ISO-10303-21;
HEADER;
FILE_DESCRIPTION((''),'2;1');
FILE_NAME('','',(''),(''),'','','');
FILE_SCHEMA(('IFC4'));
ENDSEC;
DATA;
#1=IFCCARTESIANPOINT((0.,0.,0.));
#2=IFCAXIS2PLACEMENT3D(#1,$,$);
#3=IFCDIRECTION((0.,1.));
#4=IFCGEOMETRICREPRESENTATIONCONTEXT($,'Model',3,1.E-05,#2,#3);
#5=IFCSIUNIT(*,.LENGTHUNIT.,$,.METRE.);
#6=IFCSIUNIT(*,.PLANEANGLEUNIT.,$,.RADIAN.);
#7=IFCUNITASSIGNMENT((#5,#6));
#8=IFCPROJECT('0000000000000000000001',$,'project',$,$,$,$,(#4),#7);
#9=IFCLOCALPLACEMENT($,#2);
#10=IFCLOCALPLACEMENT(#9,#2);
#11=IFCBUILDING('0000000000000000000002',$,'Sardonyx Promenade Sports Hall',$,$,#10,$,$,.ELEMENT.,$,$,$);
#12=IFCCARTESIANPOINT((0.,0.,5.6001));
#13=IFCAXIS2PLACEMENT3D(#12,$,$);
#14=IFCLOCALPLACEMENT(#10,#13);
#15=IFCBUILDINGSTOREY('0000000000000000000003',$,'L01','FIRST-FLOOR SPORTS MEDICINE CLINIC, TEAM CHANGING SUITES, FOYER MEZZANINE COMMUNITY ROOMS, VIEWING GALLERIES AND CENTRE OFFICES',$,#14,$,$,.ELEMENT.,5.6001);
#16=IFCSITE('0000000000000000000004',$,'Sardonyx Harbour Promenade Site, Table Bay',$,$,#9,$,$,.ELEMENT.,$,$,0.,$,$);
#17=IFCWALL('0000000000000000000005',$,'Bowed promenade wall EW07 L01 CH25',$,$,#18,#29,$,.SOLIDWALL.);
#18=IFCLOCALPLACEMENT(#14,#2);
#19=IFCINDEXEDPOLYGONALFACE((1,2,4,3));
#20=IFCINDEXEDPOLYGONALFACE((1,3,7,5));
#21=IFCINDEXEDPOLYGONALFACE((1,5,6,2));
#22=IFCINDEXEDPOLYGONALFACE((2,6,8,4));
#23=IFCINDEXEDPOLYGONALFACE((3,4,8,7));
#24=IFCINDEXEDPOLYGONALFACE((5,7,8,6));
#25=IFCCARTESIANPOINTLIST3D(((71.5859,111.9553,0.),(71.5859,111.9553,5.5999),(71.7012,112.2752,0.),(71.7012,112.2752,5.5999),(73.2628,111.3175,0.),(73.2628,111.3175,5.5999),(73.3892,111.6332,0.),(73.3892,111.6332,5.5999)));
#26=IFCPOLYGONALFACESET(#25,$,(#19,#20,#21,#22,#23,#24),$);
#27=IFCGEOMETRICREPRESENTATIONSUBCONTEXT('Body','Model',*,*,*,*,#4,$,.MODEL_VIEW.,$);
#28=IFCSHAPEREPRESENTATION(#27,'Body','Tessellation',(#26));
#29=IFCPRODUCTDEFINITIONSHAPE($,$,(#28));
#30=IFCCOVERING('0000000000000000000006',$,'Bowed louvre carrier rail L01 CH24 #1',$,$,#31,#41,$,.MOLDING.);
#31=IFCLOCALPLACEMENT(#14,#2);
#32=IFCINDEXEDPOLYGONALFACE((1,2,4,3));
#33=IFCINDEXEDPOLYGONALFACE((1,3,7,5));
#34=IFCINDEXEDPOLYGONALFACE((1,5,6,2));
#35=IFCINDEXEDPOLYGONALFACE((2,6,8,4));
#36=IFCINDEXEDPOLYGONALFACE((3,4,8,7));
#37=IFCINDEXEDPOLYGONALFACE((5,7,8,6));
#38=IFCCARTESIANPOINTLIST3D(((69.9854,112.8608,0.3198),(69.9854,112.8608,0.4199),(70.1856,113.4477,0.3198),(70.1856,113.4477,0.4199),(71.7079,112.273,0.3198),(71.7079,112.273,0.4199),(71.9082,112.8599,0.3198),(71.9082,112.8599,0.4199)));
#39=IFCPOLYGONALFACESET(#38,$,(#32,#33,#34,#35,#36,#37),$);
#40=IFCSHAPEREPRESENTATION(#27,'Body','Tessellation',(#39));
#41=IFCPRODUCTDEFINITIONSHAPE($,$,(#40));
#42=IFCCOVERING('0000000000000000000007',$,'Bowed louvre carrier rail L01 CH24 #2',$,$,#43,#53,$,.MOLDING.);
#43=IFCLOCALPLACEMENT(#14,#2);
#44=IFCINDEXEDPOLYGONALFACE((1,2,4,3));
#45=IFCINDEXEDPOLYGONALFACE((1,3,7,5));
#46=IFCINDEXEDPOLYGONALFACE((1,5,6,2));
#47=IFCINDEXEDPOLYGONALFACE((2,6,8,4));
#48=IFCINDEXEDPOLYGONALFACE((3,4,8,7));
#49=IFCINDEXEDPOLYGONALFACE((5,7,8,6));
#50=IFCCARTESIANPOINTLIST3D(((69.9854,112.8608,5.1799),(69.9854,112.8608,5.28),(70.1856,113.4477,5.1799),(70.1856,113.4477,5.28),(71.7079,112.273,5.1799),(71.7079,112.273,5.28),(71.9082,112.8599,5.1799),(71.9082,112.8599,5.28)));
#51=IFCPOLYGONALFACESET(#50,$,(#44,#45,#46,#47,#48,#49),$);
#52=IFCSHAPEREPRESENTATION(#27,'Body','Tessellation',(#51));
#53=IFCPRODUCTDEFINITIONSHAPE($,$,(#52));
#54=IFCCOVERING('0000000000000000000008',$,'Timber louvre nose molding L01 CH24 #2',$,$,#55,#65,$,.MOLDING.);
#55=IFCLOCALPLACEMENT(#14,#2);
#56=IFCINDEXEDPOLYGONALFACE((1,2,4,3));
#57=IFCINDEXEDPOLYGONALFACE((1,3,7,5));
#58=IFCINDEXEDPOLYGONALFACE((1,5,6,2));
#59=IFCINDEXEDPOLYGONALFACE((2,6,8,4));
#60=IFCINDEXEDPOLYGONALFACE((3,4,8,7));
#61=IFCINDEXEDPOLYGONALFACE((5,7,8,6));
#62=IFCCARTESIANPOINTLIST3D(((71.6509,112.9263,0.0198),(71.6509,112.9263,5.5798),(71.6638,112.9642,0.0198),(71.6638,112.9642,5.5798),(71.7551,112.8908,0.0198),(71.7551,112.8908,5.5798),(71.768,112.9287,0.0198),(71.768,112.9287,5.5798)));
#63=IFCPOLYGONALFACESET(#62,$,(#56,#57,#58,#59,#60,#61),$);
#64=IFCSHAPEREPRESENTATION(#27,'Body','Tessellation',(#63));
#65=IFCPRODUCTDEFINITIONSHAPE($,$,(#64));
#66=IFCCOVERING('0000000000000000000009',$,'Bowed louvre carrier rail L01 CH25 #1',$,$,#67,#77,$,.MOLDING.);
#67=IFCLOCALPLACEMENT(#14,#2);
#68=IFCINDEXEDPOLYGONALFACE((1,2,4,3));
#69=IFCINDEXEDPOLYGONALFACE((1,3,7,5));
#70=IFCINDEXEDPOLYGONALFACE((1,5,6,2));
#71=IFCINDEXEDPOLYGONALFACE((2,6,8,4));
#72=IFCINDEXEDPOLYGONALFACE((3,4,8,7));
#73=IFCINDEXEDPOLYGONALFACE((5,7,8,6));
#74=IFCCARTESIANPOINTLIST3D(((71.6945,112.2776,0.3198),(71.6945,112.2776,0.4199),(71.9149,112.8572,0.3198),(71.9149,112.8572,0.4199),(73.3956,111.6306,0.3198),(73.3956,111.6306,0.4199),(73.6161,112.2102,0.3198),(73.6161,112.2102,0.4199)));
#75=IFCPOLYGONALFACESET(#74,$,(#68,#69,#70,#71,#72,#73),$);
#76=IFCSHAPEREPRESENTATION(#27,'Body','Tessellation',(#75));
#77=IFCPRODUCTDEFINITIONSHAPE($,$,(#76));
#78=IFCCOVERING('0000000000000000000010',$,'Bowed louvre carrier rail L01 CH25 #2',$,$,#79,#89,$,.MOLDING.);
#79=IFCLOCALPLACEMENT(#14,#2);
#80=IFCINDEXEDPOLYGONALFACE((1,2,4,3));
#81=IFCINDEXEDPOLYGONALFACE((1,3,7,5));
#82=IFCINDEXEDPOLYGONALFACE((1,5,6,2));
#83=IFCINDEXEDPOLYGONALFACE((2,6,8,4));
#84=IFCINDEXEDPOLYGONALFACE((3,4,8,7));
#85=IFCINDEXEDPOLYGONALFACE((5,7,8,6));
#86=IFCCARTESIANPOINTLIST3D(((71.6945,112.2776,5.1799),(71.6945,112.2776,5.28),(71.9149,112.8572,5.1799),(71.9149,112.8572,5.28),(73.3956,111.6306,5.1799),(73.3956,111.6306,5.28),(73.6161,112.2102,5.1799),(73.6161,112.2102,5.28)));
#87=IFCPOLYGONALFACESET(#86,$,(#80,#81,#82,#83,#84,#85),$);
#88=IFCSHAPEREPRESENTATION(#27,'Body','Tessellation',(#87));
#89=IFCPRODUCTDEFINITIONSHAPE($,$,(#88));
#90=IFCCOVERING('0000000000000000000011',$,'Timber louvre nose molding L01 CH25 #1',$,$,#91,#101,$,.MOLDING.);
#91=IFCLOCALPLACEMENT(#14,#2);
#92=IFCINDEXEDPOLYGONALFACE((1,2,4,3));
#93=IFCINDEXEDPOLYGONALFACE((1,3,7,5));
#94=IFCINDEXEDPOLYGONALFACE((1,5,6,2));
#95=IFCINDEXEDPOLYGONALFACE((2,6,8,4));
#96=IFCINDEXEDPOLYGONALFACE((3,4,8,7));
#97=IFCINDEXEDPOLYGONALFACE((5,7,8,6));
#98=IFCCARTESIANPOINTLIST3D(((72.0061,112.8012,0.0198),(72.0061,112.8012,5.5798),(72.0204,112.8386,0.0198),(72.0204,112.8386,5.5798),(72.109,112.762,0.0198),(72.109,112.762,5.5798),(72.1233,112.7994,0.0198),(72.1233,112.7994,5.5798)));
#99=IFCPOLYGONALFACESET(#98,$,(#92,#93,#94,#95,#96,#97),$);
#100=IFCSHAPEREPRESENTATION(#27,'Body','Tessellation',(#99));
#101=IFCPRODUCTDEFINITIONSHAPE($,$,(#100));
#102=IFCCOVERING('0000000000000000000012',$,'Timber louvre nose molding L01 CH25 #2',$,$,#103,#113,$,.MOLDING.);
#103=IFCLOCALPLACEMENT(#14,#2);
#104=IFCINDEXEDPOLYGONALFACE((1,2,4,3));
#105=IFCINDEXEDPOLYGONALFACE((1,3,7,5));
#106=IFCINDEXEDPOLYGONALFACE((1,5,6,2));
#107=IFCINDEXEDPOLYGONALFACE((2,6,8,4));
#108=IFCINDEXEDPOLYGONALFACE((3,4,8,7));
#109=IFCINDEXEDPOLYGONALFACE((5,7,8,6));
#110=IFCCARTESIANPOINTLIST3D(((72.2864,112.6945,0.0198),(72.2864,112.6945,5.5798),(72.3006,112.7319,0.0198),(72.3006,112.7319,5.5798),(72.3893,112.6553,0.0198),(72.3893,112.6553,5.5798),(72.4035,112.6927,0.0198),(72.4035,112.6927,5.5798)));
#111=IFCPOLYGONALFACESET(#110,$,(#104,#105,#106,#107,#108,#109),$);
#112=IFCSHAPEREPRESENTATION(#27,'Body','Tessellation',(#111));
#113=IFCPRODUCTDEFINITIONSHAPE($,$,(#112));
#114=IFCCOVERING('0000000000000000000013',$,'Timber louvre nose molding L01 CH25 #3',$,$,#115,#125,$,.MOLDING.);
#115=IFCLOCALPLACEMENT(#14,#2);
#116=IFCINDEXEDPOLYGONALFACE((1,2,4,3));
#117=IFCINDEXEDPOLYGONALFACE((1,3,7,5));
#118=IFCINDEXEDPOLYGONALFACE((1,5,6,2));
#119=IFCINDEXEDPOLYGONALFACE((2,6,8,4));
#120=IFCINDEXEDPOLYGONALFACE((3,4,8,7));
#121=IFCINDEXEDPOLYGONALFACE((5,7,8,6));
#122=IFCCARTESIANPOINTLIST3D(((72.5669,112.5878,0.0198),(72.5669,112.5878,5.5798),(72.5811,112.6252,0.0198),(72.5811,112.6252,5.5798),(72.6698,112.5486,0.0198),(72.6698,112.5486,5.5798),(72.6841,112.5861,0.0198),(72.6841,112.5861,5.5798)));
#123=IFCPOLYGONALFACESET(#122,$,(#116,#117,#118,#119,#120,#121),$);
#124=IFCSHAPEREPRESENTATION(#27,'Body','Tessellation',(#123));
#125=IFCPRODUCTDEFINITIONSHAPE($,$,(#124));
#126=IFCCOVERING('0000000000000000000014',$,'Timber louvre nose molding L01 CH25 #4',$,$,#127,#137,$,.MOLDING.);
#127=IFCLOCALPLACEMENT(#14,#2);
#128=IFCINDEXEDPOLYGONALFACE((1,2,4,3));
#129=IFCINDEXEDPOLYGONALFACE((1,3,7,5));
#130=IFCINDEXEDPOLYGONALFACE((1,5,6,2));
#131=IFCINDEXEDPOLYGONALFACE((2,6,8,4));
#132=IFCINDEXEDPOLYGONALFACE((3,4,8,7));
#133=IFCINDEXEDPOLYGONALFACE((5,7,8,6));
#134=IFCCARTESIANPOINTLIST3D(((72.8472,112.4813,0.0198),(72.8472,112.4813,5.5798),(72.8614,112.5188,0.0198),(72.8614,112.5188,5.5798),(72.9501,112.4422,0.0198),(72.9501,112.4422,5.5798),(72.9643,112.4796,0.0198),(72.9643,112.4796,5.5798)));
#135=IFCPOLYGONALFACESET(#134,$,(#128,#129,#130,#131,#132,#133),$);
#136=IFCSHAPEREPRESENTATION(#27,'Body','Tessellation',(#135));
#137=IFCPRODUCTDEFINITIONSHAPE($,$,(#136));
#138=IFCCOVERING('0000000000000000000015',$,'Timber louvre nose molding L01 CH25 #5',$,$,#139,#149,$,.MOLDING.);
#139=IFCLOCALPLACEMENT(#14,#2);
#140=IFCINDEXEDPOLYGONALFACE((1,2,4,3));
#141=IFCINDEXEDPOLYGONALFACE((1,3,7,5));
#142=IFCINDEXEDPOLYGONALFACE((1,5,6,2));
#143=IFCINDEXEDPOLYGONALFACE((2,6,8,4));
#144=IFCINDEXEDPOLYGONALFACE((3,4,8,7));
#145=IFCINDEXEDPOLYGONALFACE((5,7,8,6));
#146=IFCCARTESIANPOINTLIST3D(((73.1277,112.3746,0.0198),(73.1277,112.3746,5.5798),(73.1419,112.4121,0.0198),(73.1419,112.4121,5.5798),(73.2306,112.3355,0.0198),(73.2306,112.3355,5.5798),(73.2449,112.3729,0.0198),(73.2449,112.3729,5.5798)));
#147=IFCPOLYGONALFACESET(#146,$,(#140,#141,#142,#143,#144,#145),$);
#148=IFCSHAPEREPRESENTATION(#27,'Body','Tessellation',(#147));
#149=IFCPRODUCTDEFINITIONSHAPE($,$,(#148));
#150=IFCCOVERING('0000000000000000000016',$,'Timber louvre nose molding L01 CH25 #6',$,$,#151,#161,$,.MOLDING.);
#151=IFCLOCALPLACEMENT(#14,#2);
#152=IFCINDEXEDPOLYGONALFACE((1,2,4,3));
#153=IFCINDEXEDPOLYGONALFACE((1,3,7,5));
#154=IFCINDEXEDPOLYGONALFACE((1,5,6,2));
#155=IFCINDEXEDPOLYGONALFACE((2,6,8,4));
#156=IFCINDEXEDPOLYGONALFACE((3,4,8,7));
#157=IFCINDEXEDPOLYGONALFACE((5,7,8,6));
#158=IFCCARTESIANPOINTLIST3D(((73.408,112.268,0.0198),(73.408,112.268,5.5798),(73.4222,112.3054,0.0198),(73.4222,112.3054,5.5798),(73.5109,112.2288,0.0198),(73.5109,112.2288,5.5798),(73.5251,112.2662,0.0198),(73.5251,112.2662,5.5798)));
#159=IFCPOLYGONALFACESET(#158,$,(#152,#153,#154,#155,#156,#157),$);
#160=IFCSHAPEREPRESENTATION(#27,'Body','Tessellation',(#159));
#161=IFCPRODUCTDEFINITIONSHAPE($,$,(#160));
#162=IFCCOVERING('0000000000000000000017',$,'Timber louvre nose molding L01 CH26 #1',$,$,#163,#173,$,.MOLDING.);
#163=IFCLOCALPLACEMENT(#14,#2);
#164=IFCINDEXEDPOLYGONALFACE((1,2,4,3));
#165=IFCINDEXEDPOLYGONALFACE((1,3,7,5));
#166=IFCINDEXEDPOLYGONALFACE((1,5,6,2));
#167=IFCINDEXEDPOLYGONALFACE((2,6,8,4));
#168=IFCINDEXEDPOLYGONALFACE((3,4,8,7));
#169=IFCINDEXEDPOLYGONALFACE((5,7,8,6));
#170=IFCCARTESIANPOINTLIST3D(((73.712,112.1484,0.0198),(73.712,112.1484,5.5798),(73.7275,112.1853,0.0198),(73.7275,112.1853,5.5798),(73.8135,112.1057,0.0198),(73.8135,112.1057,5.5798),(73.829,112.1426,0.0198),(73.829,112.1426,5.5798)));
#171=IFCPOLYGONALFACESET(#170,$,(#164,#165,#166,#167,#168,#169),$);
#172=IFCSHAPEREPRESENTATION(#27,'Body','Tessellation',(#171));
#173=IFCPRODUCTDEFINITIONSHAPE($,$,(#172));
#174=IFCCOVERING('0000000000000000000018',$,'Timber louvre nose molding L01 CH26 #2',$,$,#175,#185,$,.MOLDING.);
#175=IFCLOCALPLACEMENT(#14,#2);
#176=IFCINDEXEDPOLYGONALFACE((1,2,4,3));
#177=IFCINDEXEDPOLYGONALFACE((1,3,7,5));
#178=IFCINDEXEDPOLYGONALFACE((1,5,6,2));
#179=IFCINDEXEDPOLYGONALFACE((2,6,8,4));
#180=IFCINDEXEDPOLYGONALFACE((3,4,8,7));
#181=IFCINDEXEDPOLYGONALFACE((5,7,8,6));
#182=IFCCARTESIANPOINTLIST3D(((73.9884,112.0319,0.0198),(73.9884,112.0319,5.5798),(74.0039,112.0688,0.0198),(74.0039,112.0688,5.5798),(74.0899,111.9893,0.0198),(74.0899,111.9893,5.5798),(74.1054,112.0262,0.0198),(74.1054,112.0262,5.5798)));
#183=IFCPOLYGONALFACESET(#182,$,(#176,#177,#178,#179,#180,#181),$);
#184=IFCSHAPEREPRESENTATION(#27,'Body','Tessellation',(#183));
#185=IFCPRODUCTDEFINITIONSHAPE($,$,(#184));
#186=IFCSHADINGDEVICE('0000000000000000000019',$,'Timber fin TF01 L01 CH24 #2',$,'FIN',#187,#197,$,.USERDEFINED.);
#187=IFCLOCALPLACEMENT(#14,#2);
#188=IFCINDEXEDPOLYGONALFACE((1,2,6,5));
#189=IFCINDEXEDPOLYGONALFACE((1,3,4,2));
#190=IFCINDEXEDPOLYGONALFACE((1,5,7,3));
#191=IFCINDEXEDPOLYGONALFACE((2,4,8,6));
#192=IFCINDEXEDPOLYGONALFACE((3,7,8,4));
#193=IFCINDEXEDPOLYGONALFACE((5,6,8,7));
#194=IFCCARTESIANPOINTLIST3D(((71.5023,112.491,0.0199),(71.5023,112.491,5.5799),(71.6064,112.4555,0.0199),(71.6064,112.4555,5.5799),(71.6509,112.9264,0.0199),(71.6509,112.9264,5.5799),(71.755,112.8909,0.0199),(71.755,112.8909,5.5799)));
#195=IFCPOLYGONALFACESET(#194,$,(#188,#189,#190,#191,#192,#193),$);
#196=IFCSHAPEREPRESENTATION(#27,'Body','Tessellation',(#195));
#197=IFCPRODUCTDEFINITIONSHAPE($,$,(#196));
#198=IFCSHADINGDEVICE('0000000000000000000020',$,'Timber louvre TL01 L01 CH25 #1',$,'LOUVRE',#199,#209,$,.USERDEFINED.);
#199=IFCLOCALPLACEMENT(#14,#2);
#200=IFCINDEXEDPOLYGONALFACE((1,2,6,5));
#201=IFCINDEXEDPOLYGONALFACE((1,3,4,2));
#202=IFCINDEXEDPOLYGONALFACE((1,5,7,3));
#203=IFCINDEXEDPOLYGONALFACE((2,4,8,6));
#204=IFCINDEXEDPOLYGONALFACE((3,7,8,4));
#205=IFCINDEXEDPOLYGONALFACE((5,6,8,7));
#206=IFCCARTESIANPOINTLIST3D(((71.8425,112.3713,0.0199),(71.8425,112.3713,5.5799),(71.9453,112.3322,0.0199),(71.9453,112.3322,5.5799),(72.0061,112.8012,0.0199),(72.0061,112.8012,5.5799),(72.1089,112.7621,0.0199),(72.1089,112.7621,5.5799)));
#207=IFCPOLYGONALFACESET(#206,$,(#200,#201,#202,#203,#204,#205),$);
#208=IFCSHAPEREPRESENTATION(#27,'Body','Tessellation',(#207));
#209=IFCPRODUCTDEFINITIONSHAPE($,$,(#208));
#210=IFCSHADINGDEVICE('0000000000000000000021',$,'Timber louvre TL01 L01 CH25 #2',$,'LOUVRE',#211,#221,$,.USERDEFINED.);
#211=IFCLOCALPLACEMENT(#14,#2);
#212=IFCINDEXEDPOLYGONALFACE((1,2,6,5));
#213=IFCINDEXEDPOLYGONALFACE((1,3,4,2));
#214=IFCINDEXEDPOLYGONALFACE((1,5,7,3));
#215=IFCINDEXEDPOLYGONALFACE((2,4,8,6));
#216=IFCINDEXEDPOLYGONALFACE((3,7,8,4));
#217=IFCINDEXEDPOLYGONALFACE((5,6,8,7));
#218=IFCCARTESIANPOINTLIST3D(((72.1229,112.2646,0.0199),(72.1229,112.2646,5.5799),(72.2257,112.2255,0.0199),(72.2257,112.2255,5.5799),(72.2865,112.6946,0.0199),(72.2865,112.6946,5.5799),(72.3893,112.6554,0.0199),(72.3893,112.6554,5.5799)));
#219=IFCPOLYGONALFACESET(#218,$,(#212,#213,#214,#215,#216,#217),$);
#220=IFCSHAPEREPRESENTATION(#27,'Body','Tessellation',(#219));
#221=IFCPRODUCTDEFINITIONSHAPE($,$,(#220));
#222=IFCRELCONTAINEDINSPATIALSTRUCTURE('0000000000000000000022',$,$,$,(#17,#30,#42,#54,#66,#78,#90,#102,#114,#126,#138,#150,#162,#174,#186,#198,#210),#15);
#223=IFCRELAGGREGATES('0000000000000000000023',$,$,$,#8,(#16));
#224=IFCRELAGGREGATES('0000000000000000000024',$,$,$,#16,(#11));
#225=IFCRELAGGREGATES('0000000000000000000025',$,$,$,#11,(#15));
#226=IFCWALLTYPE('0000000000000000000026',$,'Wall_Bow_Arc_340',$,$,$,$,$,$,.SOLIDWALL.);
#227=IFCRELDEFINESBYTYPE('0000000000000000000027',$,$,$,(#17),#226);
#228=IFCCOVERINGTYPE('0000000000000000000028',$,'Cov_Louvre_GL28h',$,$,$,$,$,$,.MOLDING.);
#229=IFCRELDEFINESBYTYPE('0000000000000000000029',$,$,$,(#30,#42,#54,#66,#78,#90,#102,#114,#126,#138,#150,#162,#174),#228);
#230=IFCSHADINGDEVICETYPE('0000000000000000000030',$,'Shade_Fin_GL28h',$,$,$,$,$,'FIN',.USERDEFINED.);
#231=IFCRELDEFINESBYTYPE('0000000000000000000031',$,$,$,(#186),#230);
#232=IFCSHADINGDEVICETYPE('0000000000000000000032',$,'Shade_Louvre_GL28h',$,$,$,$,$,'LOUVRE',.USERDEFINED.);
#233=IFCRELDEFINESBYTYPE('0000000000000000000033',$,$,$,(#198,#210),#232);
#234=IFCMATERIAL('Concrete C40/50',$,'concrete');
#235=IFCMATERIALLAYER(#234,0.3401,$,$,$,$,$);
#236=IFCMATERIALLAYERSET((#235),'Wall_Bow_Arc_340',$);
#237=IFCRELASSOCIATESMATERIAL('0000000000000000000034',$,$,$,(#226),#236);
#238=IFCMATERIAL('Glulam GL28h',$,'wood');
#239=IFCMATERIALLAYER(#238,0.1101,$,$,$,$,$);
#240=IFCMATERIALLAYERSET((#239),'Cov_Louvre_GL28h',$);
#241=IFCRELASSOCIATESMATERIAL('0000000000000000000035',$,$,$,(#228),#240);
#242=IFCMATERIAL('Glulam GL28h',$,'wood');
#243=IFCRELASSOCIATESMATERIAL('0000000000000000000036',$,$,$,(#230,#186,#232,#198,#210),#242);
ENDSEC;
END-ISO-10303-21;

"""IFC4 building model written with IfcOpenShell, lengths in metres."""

from ifc_helpers import new_model, si_unit, direction, frame, origin, origin_2d, place, context, subcontext, project, spatial, polyline, rectangle, outline, extrude, material, layer, layer_set, type_object, element, save


model = new_model("IFC4")

# Units and contexts
model_context = context("Model", 3, precision=1e-05, world=origin(), true_north=direction((0.0, 1.0)))
body_context = subcontext(model_context, "Body", "Model", "MODEL_VIEW")
ifc_project = project(units=[si_unit("LENGTHUNIT", "METRE"), si_unit("PLANEANGLEUNIT", "RADIAN")], contexts=[model_context])

# Site, building, storey
site_placement = place(None, origin())
site = spatial("IfcSite", under=ifc_project, at=site_placement, Name="Sardonyx Harbour Promenade Site, Table Bay", CompositionType="ELEMENT", RefElevation=0.0)
building_placement = place(site_placement, origin())
building = spatial("IfcBuilding", under=site, at=building_placement, Name="Sardonyx Promenade Sports Hall", CompositionType="ELEMENT")
storey_placement = place(building_placement, frame((0.0, 0.0, 5.6001)))
storey = spatial("IfcBuildingStorey", under=building, at=storey_placement, Name="L01", Description="FIRST-FLOOR SPORTS MEDICINE CLINIC, TEAM CHANGING SUITES, FOYER MEZZANINE COMMUNITY ROOMS, VIEWING GALLERIES AND CENTRE OFFICES", CompositionType="ELEMENT", Elevation=5.6001)

# Wall
ifc_material_1 = material(Name="Concrete C40/50", Category="concrete")
ifc_layer_1 = layer(ifc_material_1, 0.3401)
ifc_layer_set_1 = layer_set([ifc_layer_1], Name="Wall_Bow_Arc_340")
wall_type = type_object("IfcWallType", Name="Wall_Bow_Arc_340", PredefinedType="SOLIDWALL", material=ifc_layer_set_1)
wall_placement = place(storey_placement, frame((71.6436, 112.1152, 0.0), z_axis=(0.0, 0.0, 1.0), x_axis=(0.934675, -0.355505, 0.0)))
element("IfcWall", 1, at=wall_placement, inside=storey, type_object=wall_type, Name="Bowed promenade wall EW07 L01 CH25", PredefinedType="SOLIDWALL", context=body_context, shape_type="SweptSolid", body=[
    extrude(outline(polyline([(0.0029, -0.17), (1.7971, -0.17), (1.8029, 0.17), (-0.0029, 0.17), (0.0029, -0.17)])), origin(), (0.0, 0.0, 1.0), 5.5999),
])

# Coverings
ifc_material_2 = material(Name="Glulam GL28h", Category="wood")
ifc_layer_2 = layer(ifc_material_2, 0.1101)
ifc_layer_set_2 = layer_set([ifc_layer_2], Name="Cov_Louvre_GL28h")
covering_type = type_object("IfcCoveringType", Name="Cov_Louvre_GL28h", PredefinedType="MOLDING", material=ifc_layer_set_2)
for number, where, z_axis, x_axis, name in (
    (2, (70.9468, 112.8604, 0.3198), (0.0, 0.0, 1.0), (0.946411, -0.322966, 0.0), "Bowed louvre carrier rail L01 CH24 #1"),
    (3, (70.9468, 112.8604, 5.1799), (0.0, 0.0, 1.0), (0.946411, -0.322966, 0.0), "Bowed louvre carrier rail L01 CH24 #2"),
):
    element("IfcCovering", number, at=place(storey_placement, frame(where, z_axis=z_axis, x_axis=x_axis)), inside=storey, type_object=covering_type, Name=name, PredefinedType="MOLDING", context=body_context, shape_type="SweptSolid", body=[
        extrude(rectangle(XDim=1.8201, YDim=0.6201, at=origin_2d()), origin(), (0.0, 0.0, 1.0), 0.1001),
    ])
covering_placement = place(storey_placement, frame((71.7095, 112.9275, 0.0198), z_axis=(0.0, 0.0, 1.0), x_axis=(0.946411, -0.322966, 0.0)))
element("IfcCovering", 4, at=covering_placement, inside=storey, type_object=covering_type, Name="Timber louvre nose molding L01 CH24 #2", PredefinedType="MOLDING", context=body_context, shape_type="SweptSolid", body=[
    extrude(rectangle(XDim=0.1101, YDim=0.04, at=origin_2d()), origin(), (0.0, 0.0, 1.0), 5.5601),
])
for number, where, z_axis, x_axis, name in (
    (5, (72.6553, 112.2439, 0.3198), (0.0, 0.0, 1.0), (0.934666, -0.355528, 0.0), "Bowed louvre carrier rail L01 CH25 #1"),
    (6, (72.6553, 112.2439, 5.1799), (0.0, 0.0, 1.0), (0.934666, -0.355528, 0.0), "Bowed louvre carrier rail L01 CH25 #2"),
):
    element("IfcCovering", number, at=place(storey_placement, frame(where, z_axis=z_axis, x_axis=x_axis)), inside=storey, type_object=covering_type, Name=name, PredefinedType="MOLDING", context=body_context, shape_type="SweptSolid", body=[
        extrude(rectangle(XDim=1.8201, YDim=0.6201, at=origin_2d()), origin(), (0.0, 0.0, 1.0), 0.1001),
    ])
for number, where, z_axis, x_axis, name in (
    (7, (72.0647, 112.8003, 0.0198), (0.0, 0.0, 1.0), (0.934666, -0.355528, 0.0), "Timber louvre nose molding L01 CH25 #1"),
    (8, (72.345, 112.6936, 0.0198), (0.0, 0.0, 1.0), (0.934666, -0.355528, 0.0), "Timber louvre nose molding L01 CH25 #2"),
    (9, (72.6255, 112.5869, 0.0198), (0.0, 0.0, 1.0), (0.934666, -0.355528, 0.0), "Timber louvre nose molding L01 CH25 #3"),
    (10, (72.9058, 112.4805, 0.0198), (0.0, 0.0, 1.0), (0.934666, -0.355528, 0.0), "Timber louvre nose molding L01 CH25 #4"),
    (11, (73.1863, 112.3738, 0.0198), (0.0, 0.0, 1.0), (0.934666, -0.355528, 0.0), "Timber louvre nose molding L01 CH25 #5"),
    (12, (73.4666, 112.2671, 0.0198), (0.0, 0.0, 1.0), (0.934666, -0.355528, 0.0), "Timber louvre nose molding L01 CH25 #6"),
    (13, (73.7705, 112.1455, 0.0198), (0.0, 0.0, 1.0), (0.9218, -0.387665, 0.0), "Timber louvre nose molding L01 CH26 #1"),
    (14, (74.0469, 112.0291, 0.0198), (0.0, 0.0, 1.0), (0.9218, -0.387665, 0.0), "Timber louvre nose molding L01 CH26 #2"),
):
    element("IfcCovering", number, at=place(storey_placement, frame(where, z_axis=z_axis, x_axis=x_axis)), inside=storey, type_object=covering_type, Name=name, PredefinedType="MOLDING", context=body_context, shape_type="SweptSolid", body=[
        extrude(rectangle(XDim=0.1101, YDim=0.04, at=origin_2d()), origin(), (0.0, 0.0, 1.0), 5.5601),
    ])

# Shading devices
ifc_material_3 = material(Name="Glulam GL28h", Category="wood")
shading_device_type_1 = type_object("IfcShadingDeviceType", Name="Shade_Fin_GL28h", ElementType="FIN", PredefinedType="USERDEFINED", material=ifc_material_3)
shading_device_placement = place(storey_placement, frame((71.6286, 112.6909, 0.0199), z_axis=(0.0, 0.0, 1.0), x_axis=(0.946411, -0.322966, 0.0)))
element("IfcShadingDevice", 15, at=shading_device_placement, inside=storey, type_object=shading_device_type_1, material=ifc_material_3, Name="Timber fin TF01 L01 CH24 #2", ObjectType="FIN", PredefinedType="USERDEFINED", context=body_context, shape_type="SweptSolid", body=[
    extrude(rectangle(XDim=0.11, YDim=0.46), origin(), (0.0, 0.0, 1.0), 5.56),
])
shading_device_type_2 = type_object("IfcShadingDeviceType", Name="Shade_Louvre_GL28h", ElementType="LOUVRE", PredefinedType="USERDEFINED", material=ifc_material_3)
for number, where, z_axis, x_axis, name in (
    (16, (71.9757, 112.5667, 0.0199), (0.0, 0.0, 1.0), (0.934666, -0.355528, 0.0), "Timber louvre TL01 L01 CH25 #1"),
    (17, (72.2561, 112.46, 0.0199), (0.0, 0.0, 1.0), (0.934666, -0.355528, 0.0), "Timber louvre TL01 L01 CH25 #2"),
):
    element("IfcShadingDevice", number, at=place(storey_placement, frame(where, z_axis=z_axis, x_axis=x_axis)), inside=storey, type_object=shading_device_type_2, material=ifc_material_3, Name=name, ObjectType="LOUVRE", PredefinedType="USERDEFINED", context=body_context, shape_type="SweptSolid", body=[
        extrude(rectangle(XDim=0.11, YDim=0.46), origin(), (0.0, 0.0, 1.0), 5.56),
    ])

save(model, "model.ifc")
